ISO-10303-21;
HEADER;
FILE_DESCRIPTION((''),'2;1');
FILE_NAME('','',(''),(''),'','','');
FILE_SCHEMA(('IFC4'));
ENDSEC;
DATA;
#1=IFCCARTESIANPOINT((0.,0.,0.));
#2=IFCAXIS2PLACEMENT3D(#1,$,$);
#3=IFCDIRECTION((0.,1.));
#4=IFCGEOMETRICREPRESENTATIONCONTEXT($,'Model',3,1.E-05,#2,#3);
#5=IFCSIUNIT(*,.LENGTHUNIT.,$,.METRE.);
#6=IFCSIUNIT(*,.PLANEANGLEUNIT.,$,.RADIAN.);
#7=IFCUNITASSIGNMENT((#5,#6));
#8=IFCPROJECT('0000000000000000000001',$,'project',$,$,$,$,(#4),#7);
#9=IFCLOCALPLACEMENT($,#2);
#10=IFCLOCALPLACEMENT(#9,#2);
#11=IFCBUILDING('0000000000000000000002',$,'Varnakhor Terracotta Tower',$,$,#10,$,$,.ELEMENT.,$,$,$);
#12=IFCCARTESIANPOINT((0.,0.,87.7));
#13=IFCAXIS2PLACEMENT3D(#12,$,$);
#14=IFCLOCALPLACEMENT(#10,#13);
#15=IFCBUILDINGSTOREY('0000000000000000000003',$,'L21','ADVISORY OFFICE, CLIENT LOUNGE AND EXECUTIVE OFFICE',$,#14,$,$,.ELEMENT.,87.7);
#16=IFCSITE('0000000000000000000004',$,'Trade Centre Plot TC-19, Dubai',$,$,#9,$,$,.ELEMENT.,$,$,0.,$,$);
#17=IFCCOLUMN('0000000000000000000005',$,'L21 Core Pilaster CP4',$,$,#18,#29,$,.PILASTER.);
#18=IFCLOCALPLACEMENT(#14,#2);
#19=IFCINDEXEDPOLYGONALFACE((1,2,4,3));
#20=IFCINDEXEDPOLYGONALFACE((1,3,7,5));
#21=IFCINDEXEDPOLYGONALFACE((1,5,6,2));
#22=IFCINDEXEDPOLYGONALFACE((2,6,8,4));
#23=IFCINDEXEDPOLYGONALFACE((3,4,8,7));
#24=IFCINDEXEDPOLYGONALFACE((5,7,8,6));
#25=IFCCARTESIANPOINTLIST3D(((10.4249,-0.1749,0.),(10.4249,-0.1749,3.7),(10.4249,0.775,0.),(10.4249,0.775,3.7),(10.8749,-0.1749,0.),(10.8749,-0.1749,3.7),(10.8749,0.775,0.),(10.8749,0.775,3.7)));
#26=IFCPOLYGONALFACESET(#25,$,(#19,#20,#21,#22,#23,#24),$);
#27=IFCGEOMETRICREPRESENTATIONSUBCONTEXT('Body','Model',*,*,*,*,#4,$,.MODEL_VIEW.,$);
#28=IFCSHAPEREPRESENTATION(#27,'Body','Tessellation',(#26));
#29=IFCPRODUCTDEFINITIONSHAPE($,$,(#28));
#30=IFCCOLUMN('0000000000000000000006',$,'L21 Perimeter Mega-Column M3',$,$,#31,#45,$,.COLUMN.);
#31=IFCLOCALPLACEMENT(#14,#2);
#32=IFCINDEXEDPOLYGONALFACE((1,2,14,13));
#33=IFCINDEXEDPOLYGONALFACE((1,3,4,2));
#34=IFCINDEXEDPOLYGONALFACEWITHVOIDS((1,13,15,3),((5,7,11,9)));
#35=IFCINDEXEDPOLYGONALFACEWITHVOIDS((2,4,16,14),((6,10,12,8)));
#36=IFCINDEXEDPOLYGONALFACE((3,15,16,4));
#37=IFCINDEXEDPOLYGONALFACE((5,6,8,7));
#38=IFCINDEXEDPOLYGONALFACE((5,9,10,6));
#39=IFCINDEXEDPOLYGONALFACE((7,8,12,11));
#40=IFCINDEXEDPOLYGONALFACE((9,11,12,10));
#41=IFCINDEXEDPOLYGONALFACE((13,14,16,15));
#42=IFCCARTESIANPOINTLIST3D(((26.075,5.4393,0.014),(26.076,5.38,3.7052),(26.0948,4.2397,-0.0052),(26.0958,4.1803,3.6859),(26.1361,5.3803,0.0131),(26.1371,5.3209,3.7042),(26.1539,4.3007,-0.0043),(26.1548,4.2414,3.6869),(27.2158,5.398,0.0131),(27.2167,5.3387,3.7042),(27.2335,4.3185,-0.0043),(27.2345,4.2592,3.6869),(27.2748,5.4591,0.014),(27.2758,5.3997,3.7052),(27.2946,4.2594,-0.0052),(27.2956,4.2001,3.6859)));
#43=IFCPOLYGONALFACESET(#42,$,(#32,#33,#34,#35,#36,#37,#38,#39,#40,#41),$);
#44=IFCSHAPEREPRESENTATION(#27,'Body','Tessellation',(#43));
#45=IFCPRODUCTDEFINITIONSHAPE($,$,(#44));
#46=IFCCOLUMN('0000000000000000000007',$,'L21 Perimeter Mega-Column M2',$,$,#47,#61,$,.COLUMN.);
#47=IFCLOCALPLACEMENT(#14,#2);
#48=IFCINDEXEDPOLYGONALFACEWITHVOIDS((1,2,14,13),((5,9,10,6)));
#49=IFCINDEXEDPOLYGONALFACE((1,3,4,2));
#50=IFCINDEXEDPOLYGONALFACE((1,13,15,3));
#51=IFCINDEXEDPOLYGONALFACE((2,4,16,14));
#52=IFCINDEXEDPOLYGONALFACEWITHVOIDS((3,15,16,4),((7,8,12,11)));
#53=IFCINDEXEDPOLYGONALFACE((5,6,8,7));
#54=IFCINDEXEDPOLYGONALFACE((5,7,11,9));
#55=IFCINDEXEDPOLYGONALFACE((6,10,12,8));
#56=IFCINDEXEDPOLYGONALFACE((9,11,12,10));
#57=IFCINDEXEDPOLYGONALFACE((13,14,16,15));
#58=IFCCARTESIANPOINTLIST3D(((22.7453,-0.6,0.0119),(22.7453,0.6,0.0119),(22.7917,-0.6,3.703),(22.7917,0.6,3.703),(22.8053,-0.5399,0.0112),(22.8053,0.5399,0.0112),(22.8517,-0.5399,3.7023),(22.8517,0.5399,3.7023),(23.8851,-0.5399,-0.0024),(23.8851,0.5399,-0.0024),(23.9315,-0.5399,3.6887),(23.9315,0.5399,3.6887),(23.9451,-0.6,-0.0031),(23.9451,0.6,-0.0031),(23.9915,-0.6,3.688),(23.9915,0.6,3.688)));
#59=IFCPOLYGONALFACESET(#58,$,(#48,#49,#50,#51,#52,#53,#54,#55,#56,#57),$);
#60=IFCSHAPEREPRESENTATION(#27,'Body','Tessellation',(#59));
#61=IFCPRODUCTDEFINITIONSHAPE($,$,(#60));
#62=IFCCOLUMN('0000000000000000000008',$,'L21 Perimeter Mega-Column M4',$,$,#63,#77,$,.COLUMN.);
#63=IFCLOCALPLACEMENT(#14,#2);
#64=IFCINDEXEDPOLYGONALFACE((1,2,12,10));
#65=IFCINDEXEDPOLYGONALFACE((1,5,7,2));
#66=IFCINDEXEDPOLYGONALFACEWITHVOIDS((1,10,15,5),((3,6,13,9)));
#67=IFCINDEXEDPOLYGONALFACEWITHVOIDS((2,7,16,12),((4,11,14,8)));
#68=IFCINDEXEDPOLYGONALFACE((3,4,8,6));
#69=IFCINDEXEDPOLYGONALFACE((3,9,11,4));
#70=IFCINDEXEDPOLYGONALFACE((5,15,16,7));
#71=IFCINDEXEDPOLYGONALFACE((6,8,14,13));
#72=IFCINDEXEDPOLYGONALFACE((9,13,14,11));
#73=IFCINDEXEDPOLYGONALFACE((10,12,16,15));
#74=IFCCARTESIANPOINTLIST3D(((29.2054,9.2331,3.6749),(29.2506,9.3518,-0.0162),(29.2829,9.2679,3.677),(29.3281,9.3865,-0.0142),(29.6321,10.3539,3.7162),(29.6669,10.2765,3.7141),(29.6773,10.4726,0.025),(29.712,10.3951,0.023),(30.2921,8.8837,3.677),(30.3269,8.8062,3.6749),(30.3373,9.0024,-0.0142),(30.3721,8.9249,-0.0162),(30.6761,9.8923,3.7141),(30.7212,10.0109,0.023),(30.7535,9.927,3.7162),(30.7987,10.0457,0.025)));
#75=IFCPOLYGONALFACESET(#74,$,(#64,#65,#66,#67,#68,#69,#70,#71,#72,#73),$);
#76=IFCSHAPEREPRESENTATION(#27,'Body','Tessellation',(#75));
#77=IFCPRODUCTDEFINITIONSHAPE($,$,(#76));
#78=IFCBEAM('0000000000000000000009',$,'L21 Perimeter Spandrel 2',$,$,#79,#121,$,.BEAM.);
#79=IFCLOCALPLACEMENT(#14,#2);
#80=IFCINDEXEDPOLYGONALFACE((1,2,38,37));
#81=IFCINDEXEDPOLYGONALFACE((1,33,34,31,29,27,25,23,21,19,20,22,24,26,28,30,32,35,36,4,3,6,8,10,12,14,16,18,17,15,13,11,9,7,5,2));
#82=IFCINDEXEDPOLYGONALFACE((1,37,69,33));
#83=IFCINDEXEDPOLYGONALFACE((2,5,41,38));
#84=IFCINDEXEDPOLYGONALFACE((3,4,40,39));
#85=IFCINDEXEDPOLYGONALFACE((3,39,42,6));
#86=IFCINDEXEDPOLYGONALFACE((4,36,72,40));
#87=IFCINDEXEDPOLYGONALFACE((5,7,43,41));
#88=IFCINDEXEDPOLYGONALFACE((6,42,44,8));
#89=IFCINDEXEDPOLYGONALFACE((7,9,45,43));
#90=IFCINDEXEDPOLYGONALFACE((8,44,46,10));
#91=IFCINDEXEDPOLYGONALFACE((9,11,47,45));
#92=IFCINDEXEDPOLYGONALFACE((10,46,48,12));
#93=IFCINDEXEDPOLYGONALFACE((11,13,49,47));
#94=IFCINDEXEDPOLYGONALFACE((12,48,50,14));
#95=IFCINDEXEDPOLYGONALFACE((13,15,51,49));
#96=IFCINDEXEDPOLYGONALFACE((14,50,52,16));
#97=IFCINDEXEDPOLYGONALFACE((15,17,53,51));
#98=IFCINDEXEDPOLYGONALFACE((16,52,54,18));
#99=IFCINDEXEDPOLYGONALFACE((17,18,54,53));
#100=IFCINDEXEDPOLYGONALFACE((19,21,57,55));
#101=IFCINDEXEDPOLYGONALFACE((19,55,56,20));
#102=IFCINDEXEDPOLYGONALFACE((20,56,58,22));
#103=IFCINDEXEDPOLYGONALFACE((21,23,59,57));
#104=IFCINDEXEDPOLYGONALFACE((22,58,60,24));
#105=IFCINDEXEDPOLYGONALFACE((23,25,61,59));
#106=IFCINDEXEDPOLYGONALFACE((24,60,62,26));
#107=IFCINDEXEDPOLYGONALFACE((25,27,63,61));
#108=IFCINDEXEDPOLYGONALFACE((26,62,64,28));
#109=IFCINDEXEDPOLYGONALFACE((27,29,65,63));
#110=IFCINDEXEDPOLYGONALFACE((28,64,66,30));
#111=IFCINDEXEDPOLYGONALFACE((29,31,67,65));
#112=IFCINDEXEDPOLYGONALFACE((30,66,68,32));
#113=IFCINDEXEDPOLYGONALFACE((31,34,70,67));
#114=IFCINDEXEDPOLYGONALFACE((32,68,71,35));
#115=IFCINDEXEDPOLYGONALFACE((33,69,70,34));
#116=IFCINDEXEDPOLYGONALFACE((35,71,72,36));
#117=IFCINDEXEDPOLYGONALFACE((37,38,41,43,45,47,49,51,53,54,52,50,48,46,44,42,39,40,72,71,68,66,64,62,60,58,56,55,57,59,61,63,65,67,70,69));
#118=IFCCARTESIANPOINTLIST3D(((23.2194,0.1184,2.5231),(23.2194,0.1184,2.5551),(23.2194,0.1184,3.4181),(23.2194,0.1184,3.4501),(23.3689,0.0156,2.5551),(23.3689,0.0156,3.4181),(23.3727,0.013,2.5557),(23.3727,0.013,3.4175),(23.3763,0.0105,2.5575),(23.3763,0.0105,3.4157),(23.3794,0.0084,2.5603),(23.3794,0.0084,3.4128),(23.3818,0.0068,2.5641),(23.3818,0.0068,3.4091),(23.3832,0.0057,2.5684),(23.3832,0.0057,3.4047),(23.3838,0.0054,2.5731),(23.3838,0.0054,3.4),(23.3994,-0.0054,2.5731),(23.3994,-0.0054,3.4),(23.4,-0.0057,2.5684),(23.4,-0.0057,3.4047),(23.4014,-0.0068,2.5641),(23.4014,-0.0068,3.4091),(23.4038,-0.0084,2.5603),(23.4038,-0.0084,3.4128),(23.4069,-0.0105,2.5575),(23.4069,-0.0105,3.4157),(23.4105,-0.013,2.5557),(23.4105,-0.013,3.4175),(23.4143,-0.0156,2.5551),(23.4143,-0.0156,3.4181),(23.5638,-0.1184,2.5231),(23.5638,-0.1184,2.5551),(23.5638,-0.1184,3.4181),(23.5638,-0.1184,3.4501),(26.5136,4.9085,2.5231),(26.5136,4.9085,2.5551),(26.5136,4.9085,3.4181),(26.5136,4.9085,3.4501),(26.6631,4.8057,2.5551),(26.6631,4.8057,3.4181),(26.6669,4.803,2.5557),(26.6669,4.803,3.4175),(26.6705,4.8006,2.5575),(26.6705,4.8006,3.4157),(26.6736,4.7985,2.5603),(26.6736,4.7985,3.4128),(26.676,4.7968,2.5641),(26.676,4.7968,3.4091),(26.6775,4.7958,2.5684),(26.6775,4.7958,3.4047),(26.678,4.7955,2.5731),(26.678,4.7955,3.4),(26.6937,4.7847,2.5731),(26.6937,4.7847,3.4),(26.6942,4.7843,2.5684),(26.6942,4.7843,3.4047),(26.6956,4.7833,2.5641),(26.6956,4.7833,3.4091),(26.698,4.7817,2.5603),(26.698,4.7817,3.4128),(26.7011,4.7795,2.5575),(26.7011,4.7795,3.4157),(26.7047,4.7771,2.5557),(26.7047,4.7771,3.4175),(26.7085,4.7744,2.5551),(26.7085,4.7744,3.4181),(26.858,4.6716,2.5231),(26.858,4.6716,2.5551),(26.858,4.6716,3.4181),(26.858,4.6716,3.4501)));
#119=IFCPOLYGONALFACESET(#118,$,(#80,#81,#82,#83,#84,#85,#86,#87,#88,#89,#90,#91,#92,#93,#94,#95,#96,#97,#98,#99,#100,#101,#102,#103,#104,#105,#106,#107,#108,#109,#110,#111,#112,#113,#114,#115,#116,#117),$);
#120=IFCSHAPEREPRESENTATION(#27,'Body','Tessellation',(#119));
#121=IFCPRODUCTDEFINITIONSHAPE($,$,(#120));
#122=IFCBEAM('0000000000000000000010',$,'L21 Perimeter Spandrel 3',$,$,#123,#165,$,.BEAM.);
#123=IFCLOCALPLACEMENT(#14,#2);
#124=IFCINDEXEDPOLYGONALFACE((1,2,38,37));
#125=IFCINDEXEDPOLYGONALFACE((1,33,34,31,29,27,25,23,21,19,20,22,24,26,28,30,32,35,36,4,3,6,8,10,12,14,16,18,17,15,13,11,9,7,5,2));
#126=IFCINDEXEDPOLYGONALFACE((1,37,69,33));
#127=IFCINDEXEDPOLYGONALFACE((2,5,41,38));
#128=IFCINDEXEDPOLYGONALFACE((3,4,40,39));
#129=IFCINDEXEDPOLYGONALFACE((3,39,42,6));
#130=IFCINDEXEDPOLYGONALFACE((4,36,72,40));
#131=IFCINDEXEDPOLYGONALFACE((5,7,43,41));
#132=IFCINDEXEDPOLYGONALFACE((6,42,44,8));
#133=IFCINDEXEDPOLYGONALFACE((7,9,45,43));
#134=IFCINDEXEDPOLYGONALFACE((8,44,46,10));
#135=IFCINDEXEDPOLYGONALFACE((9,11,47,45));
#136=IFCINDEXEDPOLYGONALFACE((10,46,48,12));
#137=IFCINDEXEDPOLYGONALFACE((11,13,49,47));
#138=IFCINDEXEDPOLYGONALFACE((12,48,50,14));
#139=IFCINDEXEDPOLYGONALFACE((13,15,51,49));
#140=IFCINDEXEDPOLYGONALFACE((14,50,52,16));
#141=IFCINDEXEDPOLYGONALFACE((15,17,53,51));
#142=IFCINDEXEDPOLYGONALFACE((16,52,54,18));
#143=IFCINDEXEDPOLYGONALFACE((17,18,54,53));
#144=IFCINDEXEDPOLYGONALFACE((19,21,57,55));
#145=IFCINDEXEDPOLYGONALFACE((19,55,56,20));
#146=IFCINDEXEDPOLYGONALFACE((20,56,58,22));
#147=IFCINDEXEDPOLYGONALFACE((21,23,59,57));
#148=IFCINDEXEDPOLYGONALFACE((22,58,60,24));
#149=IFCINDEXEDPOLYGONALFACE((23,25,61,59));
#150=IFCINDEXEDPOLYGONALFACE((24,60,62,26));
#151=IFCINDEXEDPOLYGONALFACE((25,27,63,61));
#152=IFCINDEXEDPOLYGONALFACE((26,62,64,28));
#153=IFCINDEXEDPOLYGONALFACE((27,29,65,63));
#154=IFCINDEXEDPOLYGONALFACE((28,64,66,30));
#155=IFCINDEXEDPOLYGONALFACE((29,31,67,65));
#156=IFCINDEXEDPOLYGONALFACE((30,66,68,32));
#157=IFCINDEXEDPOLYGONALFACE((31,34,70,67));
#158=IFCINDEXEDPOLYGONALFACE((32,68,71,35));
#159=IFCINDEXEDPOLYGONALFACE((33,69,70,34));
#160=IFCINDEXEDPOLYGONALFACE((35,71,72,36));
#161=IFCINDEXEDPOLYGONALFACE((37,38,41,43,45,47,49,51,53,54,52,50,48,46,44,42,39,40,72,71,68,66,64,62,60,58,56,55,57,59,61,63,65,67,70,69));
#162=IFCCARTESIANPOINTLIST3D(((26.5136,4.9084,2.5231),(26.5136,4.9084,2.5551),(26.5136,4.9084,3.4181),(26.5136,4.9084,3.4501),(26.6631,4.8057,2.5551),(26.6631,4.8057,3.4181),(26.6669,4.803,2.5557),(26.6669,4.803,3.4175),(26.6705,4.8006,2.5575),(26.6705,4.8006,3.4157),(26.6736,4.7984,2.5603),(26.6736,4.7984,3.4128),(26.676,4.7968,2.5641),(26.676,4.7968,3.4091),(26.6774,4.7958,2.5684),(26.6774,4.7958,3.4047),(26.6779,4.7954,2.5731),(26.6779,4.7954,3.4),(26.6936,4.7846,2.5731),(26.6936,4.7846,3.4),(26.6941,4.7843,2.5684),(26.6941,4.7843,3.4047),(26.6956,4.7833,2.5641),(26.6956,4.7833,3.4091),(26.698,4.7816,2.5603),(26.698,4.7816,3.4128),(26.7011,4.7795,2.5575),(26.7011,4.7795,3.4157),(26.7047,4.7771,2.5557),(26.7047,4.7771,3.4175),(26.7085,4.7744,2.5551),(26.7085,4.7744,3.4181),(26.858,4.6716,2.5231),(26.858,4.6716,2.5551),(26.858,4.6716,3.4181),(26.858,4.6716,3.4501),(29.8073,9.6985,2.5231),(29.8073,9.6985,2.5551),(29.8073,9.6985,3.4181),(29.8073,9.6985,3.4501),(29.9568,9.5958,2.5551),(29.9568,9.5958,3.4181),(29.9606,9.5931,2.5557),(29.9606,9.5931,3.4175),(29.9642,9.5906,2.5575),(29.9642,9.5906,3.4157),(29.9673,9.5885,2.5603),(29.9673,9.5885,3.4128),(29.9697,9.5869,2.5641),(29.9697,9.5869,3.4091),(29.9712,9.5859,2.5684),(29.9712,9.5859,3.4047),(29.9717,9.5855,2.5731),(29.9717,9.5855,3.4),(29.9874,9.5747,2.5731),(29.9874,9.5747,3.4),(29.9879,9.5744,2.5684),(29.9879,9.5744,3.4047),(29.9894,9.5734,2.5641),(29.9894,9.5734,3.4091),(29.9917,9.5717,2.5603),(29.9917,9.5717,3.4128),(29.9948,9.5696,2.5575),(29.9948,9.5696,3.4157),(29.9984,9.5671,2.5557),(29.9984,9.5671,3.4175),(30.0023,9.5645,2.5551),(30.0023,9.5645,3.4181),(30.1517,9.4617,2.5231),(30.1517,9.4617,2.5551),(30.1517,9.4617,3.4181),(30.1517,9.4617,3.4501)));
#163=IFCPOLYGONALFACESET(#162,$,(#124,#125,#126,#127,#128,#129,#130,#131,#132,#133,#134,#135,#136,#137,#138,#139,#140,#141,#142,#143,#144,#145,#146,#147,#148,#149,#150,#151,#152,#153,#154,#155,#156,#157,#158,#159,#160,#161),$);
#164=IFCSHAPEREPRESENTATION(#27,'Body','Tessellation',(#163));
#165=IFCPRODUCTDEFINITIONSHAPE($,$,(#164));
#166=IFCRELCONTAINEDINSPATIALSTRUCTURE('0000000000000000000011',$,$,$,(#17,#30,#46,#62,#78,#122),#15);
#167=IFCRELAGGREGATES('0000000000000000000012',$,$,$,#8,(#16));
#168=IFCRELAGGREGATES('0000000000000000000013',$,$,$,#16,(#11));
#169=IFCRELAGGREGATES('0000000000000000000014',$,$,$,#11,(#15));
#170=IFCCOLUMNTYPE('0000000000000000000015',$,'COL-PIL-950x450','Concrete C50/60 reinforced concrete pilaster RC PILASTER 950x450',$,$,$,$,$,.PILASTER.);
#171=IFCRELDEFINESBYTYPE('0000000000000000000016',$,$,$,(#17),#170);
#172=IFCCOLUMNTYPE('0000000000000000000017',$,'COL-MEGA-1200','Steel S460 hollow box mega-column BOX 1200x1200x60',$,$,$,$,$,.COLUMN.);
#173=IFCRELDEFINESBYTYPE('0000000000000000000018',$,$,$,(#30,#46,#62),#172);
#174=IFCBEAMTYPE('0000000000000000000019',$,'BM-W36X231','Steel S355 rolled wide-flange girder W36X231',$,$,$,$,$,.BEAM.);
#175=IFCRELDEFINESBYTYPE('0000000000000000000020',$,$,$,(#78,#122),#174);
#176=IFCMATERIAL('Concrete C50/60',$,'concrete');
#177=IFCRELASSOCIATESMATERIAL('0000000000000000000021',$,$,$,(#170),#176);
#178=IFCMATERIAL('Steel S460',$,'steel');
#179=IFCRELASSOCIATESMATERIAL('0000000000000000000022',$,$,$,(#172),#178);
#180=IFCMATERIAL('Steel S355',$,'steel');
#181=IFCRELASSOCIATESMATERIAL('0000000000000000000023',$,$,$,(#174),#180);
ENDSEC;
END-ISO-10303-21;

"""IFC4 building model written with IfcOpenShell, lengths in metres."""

from ifc_helpers import new_model, si_unit, direction, frame, origin, origin_2d, place, context, subcontext, project, spatial, rectangle, hollow_rectangle, i_section, extrude, source, transform, mapped, material, material_profile, profile_set, type_object, type_shapes, element, save


model = new_model("IFC4")

# Units and contexts
model_context = context("Model", 3, precision=1e-05, world=origin(), true_north=direction((0.0, 1.0)))
body_context = subcontext(model_context, "Body", "Model", "MODEL_VIEW")
ifc_project = project(units=[si_unit("LENGTHUNIT", "METRE"), si_unit("PLANEANGLEUNIT", "RADIAN")], contexts=[model_context])

# Site, building, storey
site_placement = place(None, origin())
site = spatial("IfcSite", under=ifc_project, at=site_placement, Name="Trade Centre Plot TC-19, Dubai", CompositionType="ELEMENT", RefElevation=0.0)
building_placement = place(site_placement, origin())
building = spatial("IfcBuilding", under=site, at=building_placement, Name="Varnakhor Terracotta Tower", CompositionType="ELEMENT")
storey_placement = place(building_placement, frame((0.0, 0.0, 87.7)))
storey = spatial("IfcBuildingStorey", under=building, at=storey_placement, Name="L21", Description="ADVISORY OFFICE, CLIENT LOUNGE AND EXECUTIVE OFFICE", CompositionType="ELEMENT", Elevation=87.7)

# Columns
ifc_material_1 = material(Name="Concrete C50/60", Category="concrete")
ifc_material_profile_1 = material_profile(ifc_material_1, rectangle(XDim=0.45, YDim=0.95, at=origin_2d()), Name="RC PILASTER 950x450")
ifc_profile_set_1 = profile_set([ifc_material_profile_1], Name="Concrete C50/60")
column_type_1 = type_object("IfcColumnType", Name="COL-PIL-950x450", Description="Concrete C50/60 reinforced concrete pilaster RC PILASTER 950x450", PredefinedType="PILASTER", material=ifc_profile_set_1)
shared_shape_1 = source(origin(), body_context, "Body", "SweptSolid", [
    extrude(rectangle(XDim=0.45, YDim=0.95, at=origin_2d()), origin(), (0.0, 0.0, 1.0), 3.7),
])
column_1_placement = place(storey_placement, frame((10.6499, 0.3, 0.0), z_axis=(0.0, 0.0, 1.0), x_axis=(1.0, 0.0, 0.0)))
element("IfcColumn", 1, at=column_1_placement, inside=storey, type_object=column_type_1, Name="L21 Core Pilaster CP4", PredefinedType="PILASTER", context=body_context, shape_type="MappedRepresentation", body=[
    mapped(shared_shape_1, transform((0.0, 0.0, 0.0), scale=1.0)),
])
ifc_material_2 = material(Name="Steel S460", Category="steel")
ifc_material_profile_2 = material_profile(ifc_material_2, hollow_rectangle(XDim=1.2, YDim=1.2, WallThickness=0.0601, at=origin_2d()), Name="BOX 1200x1200x60")
ifc_profile_set_2 = profile_set([ifc_material_profile_2], Name="Steel S460")
column_type_2 = type_object("IfcColumnType", Name="COL-MEGA-1200", Description="Steel S460 hollow box mega-column BOX 1200x1200x60", PredefinedType="COLUMN", material=ifc_profile_set_2)
shared_shape_2 = source(origin(), body_context, "Body", "SweptSolid", [
    extrude(hollow_rectangle(XDim=1.2, YDim=1.2, WallThickness=0.0601, at=origin_2d()), origin(), (0.0, 0.0, 1.0), 3.6917),
])
type_shapes(column_type_2, [shared_shape_2])
column_2_placement = place(storey_placement, frame((26.6848, 4.8494, 0.0044), z_axis=(0.000265, -0.01607, 0.999871), x_axis=(0.999865, 0.016459, 0.0)))
element("IfcColumn", 2, at=column_2_placement, inside=storey, type_object=column_type_2, Name="L21 Perimeter Mega-Column M3", PredefinedType="COLUMN", context=body_context, shape_type="MappedRepresentation", body=[
    mapped(shared_shape_2, transform((0.0, 0.0, 0.0), scale=1.0)),
])
shared_shape_3 = source(origin(), body_context, "Body", "SweptSolid", [
    extrude(hollow_rectangle(XDim=1.2, YDim=1.2, WallThickness=0.0601, at=origin_2d()), origin(), (0.0, 0.0, 1.0), 3.6914),
])
column_3_placement = place(storey_placement, frame((23.3452, 0.0, 0.0044), z_axis=(0.012566, 0.0, 0.999921), x_axis=(0.0, 1.0, 0.0)))
element("IfcColumn", 3, at=column_3_placement, inside=storey, type_object=column_type_2, Name="L21 Perimeter Mega-Column M2", PredefinedType="COLUMN", context=body_context, shape_type="MappedRepresentation", body=[
    mapped(shared_shape_3, transform((0.0, 0.0, 0.0), scale=1.0)),
])
shared_shape_4 = source(origin(), body_context, "Body", "SweptSolid", [
    extrude(hollow_rectangle(XDim=1.2, YDim=1.2, WallThickness=0.0601, at=origin_2d()), origin(), (0.0, 0.0, 1.0), 3.6934),
])
column_4_placement = place(storey_placement, frame((30.0247, 9.6987, 0.0044), z_axis=(-0.012229, -0.032126, 0.999409), x_axis=(0.934579, -0.355755, 0.0)))
element("IfcColumn", 4, at=column_4_placement, inside=storey, type_object=column_type_2, Name="L21 Perimeter Mega-Column M4", PredefinedType="COLUMN", context=body_context, shape_type="MappedRepresentation", body=[
    mapped(shared_shape_4, transform((0.0, 0.0, 0.0), scale=1.0)),
])

# Beams
ifc_material_3 = material(Name="Steel S355", Category="steel")
ifc_material_profile_3 = material_profile(ifc_material_3, i_section(OverallWidth=0.418, OverallDepth=0.927, WebThickness=0.019, FlangeThickness=0.032, FilletRadius=0.0181, at=origin_2d()), Name="W36X231")
ifc_profile_set_3 = profile_set([ifc_material_profile_3], Name="Steel S355")
beam_type_1 = type_object("IfcBeamType", Name="BM-W36X231", Description="Steel S355 rolled wide-flange girder W36X231", PredefinedType="BEAM", material=ifc_profile_set_3)
shared_shape_5 = source(origin(), body_context, "Body", "SweptSolid", [
    extrude(i_section(OverallWidth=0.418, OverallDepth=0.927, WebThickness=0.019, FlangeThickness=0.032, FilletRadius=0.0181, at=origin_2d()), origin(), (0.0, 0.0, 1.0), 5.8135),
])
beam_1_placement = place(storey_placement, frame((23.3916, 0.0, 2.9866), z_axis=(0.56665, 0.823959, 0.0), x_axis=(-0.823959, 0.56665, 0.0)))
element("IfcBeam", 5, at=beam_1_placement, inside=storey, type_object=beam_type_1, Name="L21 Perimeter Spandrel 2", PredefinedType="BEAM", context=body_context, shape_type="MappedRepresentation", body=[
    mapped(shared_shape_5, transform((0.0, 0.0, 0.0), scale=1.0)),
])
shared_shape_6 = source(origin(), body_context, "Body", "SweptSolid", [
    extrude(i_section(OverallWidth=0.418, OverallDepth=0.927, WebThickness=0.019, FlangeThickness=0.032, FilletRadius=0.0181, at=origin_2d()), origin(), (0.0, 0.0, 1.0), 5.8132),
])
beam_2_placement = place(storey_placement, frame((26.6858, 4.79, 2.9866), z_axis=(0.566593, 0.823998, 0.0), x_axis=(-0.823998, 0.566593, 0.0)))
element("IfcBeam", 6, at=beam_2_placement, inside=storey, type_object=beam_type_1, Name="L21 Perimeter Spandrel 3", PredefinedType="BEAM", context=body_context, shape_type="MappedRepresentation", body=[
    mapped(shared_shape_6, transform((0.0, 0.0, 0.0), scale=1.0)),
])

save(model, "model.ifc")
